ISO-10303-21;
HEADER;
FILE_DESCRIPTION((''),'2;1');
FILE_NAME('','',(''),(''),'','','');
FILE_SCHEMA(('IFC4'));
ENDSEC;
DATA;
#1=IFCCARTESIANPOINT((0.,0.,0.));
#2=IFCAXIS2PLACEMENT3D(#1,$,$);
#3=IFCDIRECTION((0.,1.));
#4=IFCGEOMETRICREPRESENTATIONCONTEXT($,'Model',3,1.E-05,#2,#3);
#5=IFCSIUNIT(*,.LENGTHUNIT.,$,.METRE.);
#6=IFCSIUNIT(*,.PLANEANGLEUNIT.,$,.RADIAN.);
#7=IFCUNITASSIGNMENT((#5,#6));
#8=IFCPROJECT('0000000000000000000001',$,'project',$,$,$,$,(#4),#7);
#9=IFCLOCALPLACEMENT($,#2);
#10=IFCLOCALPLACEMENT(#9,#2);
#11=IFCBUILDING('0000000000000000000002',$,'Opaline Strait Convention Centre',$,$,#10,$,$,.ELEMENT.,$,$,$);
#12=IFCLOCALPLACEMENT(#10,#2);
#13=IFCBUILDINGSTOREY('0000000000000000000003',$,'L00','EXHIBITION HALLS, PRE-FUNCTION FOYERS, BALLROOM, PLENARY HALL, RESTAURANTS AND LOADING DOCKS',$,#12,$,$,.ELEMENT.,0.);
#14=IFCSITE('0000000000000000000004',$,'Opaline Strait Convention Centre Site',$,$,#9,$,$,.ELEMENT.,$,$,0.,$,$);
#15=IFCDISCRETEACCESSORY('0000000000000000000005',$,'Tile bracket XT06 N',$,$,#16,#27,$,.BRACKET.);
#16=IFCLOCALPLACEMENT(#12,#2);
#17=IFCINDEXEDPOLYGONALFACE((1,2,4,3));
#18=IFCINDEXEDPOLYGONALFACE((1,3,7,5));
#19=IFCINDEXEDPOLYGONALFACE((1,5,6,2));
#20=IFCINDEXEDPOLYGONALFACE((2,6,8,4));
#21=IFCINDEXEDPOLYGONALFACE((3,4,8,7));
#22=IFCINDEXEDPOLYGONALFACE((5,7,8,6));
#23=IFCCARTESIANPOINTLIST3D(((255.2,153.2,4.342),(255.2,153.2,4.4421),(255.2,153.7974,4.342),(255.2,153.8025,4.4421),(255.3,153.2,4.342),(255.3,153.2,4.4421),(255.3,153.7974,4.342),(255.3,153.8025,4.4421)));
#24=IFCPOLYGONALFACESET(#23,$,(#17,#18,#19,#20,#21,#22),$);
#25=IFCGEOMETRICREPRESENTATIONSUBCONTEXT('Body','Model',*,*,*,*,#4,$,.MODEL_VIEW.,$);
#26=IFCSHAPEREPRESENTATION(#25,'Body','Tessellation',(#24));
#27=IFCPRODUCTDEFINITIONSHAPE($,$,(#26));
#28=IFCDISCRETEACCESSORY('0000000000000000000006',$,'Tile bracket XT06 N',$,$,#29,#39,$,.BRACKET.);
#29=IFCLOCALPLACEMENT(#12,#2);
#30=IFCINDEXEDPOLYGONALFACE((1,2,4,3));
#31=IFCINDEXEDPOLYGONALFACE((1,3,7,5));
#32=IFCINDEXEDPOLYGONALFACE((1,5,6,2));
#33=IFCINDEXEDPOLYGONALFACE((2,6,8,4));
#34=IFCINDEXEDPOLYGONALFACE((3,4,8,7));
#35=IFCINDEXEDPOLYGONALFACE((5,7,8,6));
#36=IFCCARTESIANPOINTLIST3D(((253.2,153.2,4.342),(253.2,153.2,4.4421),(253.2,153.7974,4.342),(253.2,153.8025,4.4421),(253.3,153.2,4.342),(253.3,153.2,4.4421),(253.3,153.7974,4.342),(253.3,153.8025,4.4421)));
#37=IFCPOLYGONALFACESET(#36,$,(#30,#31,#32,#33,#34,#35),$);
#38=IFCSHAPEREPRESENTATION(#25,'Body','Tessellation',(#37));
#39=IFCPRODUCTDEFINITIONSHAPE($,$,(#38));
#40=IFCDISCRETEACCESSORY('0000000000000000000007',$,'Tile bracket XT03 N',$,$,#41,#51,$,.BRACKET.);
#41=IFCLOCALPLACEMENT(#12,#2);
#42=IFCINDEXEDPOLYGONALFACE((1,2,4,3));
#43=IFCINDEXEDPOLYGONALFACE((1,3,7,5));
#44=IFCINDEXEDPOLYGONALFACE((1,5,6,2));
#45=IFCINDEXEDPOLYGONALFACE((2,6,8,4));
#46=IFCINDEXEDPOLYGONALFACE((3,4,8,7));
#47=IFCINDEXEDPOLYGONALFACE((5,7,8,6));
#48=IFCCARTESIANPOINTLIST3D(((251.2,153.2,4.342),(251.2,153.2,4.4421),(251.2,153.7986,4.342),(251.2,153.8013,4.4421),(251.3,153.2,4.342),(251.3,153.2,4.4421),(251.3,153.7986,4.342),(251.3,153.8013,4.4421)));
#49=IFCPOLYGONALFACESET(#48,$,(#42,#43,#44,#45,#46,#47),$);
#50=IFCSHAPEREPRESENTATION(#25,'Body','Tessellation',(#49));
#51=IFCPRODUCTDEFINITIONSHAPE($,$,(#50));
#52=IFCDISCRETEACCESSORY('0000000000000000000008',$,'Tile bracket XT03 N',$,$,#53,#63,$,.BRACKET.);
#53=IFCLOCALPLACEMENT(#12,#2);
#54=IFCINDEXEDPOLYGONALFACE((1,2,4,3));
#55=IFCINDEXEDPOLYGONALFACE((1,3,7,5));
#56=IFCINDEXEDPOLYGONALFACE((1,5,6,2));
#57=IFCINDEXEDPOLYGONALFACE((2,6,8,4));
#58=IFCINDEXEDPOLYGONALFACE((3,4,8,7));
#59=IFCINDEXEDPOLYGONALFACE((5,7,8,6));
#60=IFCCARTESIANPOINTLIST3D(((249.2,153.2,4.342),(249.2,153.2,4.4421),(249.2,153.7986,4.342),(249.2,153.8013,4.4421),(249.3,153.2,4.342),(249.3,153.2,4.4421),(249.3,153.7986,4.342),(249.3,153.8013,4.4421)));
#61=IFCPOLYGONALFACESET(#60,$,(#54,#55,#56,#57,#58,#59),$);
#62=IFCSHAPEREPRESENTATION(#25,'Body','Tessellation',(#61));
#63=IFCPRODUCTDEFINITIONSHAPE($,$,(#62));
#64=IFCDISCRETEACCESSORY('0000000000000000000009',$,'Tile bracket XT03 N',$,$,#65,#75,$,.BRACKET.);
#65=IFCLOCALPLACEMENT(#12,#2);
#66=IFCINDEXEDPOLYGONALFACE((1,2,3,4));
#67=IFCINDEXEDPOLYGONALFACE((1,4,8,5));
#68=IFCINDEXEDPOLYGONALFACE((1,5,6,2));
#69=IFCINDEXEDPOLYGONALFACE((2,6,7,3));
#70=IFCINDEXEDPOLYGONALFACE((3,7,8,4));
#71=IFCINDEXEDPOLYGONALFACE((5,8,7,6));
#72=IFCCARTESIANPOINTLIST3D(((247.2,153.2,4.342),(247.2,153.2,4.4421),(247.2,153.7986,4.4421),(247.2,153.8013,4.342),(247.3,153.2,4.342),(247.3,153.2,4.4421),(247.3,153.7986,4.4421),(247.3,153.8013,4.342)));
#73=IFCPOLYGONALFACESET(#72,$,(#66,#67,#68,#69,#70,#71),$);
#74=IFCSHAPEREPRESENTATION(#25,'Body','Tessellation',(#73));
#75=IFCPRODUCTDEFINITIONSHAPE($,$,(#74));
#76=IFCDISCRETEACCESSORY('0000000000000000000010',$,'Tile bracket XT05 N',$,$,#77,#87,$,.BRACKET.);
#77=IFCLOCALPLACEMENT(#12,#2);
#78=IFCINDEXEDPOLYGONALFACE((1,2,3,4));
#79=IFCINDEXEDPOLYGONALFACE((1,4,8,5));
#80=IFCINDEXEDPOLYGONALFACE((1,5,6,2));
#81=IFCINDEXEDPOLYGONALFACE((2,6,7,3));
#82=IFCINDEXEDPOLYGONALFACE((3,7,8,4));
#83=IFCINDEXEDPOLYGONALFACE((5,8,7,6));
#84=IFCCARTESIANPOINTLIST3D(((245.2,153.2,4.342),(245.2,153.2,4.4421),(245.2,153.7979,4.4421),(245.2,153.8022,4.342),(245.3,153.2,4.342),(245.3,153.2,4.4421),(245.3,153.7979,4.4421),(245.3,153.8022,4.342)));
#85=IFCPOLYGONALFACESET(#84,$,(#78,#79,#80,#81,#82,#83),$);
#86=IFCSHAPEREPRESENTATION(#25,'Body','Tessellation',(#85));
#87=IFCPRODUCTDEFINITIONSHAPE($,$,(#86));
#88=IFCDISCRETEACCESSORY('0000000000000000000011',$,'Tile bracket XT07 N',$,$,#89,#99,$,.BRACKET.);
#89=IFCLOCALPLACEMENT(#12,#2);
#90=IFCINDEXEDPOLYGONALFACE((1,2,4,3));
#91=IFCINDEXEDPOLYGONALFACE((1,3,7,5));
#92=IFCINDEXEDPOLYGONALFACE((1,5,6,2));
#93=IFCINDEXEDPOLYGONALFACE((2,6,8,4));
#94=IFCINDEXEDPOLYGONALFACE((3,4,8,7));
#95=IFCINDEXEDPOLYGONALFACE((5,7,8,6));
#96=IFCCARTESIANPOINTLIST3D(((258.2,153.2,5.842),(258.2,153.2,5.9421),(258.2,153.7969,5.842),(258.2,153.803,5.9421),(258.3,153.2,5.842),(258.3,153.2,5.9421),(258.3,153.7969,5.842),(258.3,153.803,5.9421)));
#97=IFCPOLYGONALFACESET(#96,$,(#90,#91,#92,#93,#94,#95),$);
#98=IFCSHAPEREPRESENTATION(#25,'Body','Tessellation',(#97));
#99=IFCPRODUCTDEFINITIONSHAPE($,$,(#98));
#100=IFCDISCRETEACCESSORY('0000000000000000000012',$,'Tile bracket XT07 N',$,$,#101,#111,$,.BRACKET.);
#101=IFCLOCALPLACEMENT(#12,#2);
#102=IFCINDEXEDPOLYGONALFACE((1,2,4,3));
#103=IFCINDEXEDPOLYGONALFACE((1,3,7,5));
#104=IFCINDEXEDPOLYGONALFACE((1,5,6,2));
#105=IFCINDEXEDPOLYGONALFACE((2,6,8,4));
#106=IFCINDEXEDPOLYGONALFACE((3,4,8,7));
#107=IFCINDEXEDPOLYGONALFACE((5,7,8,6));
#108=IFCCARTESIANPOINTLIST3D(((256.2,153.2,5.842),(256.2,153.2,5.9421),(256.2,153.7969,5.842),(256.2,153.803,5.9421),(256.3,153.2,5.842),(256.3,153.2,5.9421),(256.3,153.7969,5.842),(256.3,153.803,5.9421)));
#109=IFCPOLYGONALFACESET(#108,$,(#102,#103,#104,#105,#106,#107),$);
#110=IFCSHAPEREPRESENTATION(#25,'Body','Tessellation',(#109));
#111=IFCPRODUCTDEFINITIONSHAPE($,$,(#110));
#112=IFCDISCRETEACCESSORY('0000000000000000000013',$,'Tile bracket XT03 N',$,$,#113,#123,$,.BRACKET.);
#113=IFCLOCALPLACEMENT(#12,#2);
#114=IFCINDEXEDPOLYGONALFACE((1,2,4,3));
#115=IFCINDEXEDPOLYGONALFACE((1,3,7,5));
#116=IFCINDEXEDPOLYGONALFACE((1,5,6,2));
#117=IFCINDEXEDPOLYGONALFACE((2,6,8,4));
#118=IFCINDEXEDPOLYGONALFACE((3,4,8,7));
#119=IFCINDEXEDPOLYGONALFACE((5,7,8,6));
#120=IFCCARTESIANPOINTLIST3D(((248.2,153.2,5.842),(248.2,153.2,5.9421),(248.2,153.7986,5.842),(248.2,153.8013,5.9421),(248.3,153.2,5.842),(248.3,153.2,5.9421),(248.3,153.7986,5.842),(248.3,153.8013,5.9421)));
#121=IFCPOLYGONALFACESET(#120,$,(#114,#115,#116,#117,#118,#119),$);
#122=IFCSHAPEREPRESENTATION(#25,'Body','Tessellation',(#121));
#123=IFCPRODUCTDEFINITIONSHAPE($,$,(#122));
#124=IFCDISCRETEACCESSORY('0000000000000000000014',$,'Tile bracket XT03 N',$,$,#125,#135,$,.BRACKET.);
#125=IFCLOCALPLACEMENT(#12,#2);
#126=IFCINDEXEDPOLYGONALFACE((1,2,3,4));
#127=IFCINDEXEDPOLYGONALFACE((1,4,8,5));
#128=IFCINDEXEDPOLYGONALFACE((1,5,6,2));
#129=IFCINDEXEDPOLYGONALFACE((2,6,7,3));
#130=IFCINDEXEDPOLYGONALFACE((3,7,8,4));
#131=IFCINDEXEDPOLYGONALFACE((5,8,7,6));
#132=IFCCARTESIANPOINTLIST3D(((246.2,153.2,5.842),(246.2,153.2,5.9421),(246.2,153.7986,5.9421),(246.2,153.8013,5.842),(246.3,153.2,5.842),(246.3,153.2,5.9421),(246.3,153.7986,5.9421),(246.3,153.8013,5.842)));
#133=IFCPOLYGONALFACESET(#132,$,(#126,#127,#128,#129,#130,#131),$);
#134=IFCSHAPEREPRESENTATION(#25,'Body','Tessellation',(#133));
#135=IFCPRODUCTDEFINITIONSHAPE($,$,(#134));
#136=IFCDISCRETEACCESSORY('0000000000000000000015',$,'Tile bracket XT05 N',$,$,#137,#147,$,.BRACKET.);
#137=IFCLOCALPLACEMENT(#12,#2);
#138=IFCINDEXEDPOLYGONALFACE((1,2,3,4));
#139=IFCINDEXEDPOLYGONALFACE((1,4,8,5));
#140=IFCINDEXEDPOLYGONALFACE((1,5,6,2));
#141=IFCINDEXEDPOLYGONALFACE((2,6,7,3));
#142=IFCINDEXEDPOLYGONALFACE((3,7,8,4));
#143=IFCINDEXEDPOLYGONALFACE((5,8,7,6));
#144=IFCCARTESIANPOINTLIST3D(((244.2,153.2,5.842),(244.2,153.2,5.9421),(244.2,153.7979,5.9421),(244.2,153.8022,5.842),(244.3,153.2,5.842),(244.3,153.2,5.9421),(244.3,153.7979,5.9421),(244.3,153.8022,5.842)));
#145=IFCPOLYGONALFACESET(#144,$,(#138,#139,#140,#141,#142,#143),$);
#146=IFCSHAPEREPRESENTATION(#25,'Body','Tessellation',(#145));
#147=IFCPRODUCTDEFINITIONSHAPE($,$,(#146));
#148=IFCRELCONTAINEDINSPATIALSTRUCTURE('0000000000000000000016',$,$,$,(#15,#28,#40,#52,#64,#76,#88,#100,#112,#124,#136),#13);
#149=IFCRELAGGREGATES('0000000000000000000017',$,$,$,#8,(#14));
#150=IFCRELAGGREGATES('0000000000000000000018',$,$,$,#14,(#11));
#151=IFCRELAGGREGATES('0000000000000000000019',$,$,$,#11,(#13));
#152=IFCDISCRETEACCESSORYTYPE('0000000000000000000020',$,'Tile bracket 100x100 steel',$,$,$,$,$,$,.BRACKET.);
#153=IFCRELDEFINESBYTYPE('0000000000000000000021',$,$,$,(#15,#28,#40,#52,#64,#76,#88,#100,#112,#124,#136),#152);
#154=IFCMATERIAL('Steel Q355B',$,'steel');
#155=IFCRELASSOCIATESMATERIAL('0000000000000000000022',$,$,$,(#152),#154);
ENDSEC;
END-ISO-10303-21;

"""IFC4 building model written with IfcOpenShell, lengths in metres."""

from ifc_helpers import new_model, si_unit, direction, frame, origin, place, context, subcontext, project, spatial, polyline, outline, extrude, material, type_object, element, save


model = new_model("IFC4")

# Units and contexts
model_context = context("Model", 3, precision=1e-05, world=origin(), true_north=direction((0.0, 1.0)))
body_context = subcontext(model_context, "Body", "Model", "MODEL_VIEW")
ifc_project = project(units=[si_unit("LENGTHUNIT", "METRE"), si_unit("PLANEANGLEUNIT", "RADIAN")], contexts=[model_context])

# Site, building, storey
site_placement = place(None, origin())
site = spatial("IfcSite", under=ifc_project, at=site_placement, Name="Opaline Strait Convention Centre Site", CompositionType="ELEMENT", RefElevation=0.0)
building_placement = place(site_placement, origin())
building = spatial("IfcBuilding", under=site, at=building_placement, Name="Opaline Strait Convention Centre", CompositionType="ELEMENT")
storey_placement = place(building_placement, origin())
storey = spatial("IfcBuildingStorey", under=building, at=storey_placement, Name="L00", Description="EXHIBITION HALLS, PRE-FUNCTION FOYERS, BALLROOM, PLENARY HALL, RESTAURANTS AND LOADING DOCKS", CompositionType="ELEMENT", Elevation=0.0)

# Discrete accessories
ifc_material_1 = material(Name="Steel Q355B", Category="steel")
discrete_accessory_type = type_object("IfcDiscreteAccessoryType", Name="Tile bracket 100x100 steel", PredefinedType="BRACKET", material=ifc_material_1)
for number, where, z_axis, x_axis, name in (
    (1, (255.3, 153.2, 4.3921), (-1.0, 0.0, 0.0), (0.0, -1.0, 0.0), "Tile bracket XT06 N"),
    (2, (253.3, 153.2, 4.3921), (-1.0, 0.0, 0.0), (0.0, -1.0, 0.0), "Tile bracket XT06 N"),
):
    element("IfcDiscreteAccessory", number, at=place(storey_placement, frame(where, z_axis=z_axis, x_axis=x_axis)), inside=storey, type_object=discrete_accessory_type, Name=name, PredefinedType="BRACKET", context=body_context, shape_type="SweptSolid", body=[
        extrude(outline(polyline([(0.0, -0.05), (0.0, 0.05), (-0.6025, 0.05), (-0.5974, -0.05), (0.0, -0.05)])), origin(), (0.0, 0.0, 1.0), 0.1001),
    ])
for number, where, z_axis, x_axis, name in (
    (3, (251.3, 153.2, 4.3921), (-1.0, 0.0, 0.0), (0.0, -1.0, 0.0), "Tile bracket XT03 N"),
    (4, (249.3, 153.2, 4.3921), (-1.0, 0.0, 0.0), (0.0, -1.0, 0.0), "Tile bracket XT03 N"),
):
    element("IfcDiscreteAccessory", number, at=place(storey_placement, frame(where, z_axis=z_axis, x_axis=x_axis)), inside=storey, type_object=discrete_accessory_type, Name=name, PredefinedType="BRACKET", context=body_context, shape_type="SweptSolid", body=[
        extrude(outline(polyline([(0.0, -0.05), (0.0, 0.05), (-0.6013, 0.05), (-0.5986, -0.05), (0.0, -0.05)])), origin(), (0.0, 0.0, 1.0), 0.1001),
    ])
discrete_accessory_1_placement = place(storey_placement, frame((247.3, 153.2, 4.3921), z_axis=(-1.0, 0.0, 0.0), x_axis=(0.0, -1.0, 0.0)))
element("IfcDiscreteAccessory", 5, at=discrete_accessory_1_placement, inside=storey, type_object=discrete_accessory_type, Name="Tile bracket XT03 N", PredefinedType="BRACKET", context=body_context, shape_type="SweptSolid", body=[
    extrude(outline(polyline([(0.0, -0.05), (0.0, 0.05), (-0.5986, 0.05), (-0.6013, -0.05), (0.0, -0.05)])), origin(), (0.0, 0.0, 1.0), 0.1001),
])
discrete_accessory_2_placement = place(storey_placement, frame((245.3, 153.2, 4.3921), z_axis=(-1.0, 0.0, 0.0), x_axis=(0.0, -1.0, 0.0)))
element("IfcDiscreteAccessory", 6, at=discrete_accessory_2_placement, inside=storey, type_object=discrete_accessory_type, Name="Tile bracket XT05 N", PredefinedType="BRACKET", context=body_context, shape_type="SweptSolid", body=[
    extrude(outline(polyline([(0.0, -0.05), (0.0, 0.05), (-0.5979, 0.05), (-0.6023, -0.05), (0.0, -0.05)])), origin(), (0.0, 0.0, 1.0), 0.1001),
])
for number, where, z_axis, x_axis, name in (
    (7, (258.3, 153.2, 5.8921), (-1.0, 0.0, 0.0), (0.0, -1.0, 0.0), "Tile bracket XT07 N"),
    (8, (256.3, 153.2, 5.8921), (-1.0, 0.0, 0.0), (0.0, -1.0, 0.0), "Tile bracket XT07 N"),
):
    element("IfcDiscreteAccessory", number, at=place(storey_placement, frame(where, z_axis=z_axis, x_axis=x_axis)), inside=storey, type_object=discrete_accessory_type, Name=name, PredefinedType="BRACKET", context=body_context, shape_type="SweptSolid", body=[
        extrude(outline(polyline([(0.0, -0.05), (0.0, 0.05), (-0.603, 0.05), (-0.5969, -0.05), (0.0, -0.05)])), origin(), (0.0, 0.0, 1.0), 0.1001),
    ])
discrete_accessory_3_placement = place(storey_placement, frame((248.3, 153.2, 5.8921), z_axis=(-1.0, 0.0, 0.0), x_axis=(0.0, -1.0, 0.0)))
element("IfcDiscreteAccessory", 9, at=discrete_accessory_3_placement, inside=storey, type_object=discrete_accessory_type, Name="Tile bracket XT03 N", PredefinedType="BRACKET", context=body_context, shape_type="SweptSolid", body=[
    extrude(outline(polyline([(0.0, -0.05), (0.0, 0.05), (-0.6013, 0.05), (-0.5986, -0.05), (0.0, -0.05)])), origin(), (0.0, 0.0, 1.0), 0.1001),
])
discrete_accessory_4_placement = place(storey_placement, frame((246.3, 153.2, 5.8921), z_axis=(-1.0, 0.0, 0.0), x_axis=(0.0, -1.0, 0.0)))
element("IfcDiscreteAccessory", 10, at=discrete_accessory_4_placement, inside=storey, type_object=discrete_accessory_type, Name="Tile bracket XT03 N", PredefinedType="BRACKET", context=body_context, shape_type="SweptSolid", body=[
    extrude(outline(polyline([(0.0, -0.05), (0.0, 0.05), (-0.5986, 0.05), (-0.6013, -0.05), (0.0, -0.05)])), origin(), (0.0, 0.0, 1.0), 0.1001),
])
discrete_accessory_5_placement = place(storey_placement, frame((244.3, 153.2, 5.8921), z_axis=(-1.0, 0.0, 0.0), x_axis=(0.0, -1.0, 0.0)))
element("IfcDiscreteAccessory", 11, at=discrete_accessory_5_placement, inside=storey, type_object=discrete_accessory_type, Name="Tile bracket XT05 N", PredefinedType="BRACKET", context=body_context, shape_type="SweptSolid", body=[
    extrude(outline(polyline([(0.0, -0.05), (0.0, 0.05), (-0.5979, 0.05), (-0.6023, -0.05), (0.0, -0.05)])), origin(), (0.0, 0.0, 1.0), 0.1001),
])

save(model, "model.ifc")
